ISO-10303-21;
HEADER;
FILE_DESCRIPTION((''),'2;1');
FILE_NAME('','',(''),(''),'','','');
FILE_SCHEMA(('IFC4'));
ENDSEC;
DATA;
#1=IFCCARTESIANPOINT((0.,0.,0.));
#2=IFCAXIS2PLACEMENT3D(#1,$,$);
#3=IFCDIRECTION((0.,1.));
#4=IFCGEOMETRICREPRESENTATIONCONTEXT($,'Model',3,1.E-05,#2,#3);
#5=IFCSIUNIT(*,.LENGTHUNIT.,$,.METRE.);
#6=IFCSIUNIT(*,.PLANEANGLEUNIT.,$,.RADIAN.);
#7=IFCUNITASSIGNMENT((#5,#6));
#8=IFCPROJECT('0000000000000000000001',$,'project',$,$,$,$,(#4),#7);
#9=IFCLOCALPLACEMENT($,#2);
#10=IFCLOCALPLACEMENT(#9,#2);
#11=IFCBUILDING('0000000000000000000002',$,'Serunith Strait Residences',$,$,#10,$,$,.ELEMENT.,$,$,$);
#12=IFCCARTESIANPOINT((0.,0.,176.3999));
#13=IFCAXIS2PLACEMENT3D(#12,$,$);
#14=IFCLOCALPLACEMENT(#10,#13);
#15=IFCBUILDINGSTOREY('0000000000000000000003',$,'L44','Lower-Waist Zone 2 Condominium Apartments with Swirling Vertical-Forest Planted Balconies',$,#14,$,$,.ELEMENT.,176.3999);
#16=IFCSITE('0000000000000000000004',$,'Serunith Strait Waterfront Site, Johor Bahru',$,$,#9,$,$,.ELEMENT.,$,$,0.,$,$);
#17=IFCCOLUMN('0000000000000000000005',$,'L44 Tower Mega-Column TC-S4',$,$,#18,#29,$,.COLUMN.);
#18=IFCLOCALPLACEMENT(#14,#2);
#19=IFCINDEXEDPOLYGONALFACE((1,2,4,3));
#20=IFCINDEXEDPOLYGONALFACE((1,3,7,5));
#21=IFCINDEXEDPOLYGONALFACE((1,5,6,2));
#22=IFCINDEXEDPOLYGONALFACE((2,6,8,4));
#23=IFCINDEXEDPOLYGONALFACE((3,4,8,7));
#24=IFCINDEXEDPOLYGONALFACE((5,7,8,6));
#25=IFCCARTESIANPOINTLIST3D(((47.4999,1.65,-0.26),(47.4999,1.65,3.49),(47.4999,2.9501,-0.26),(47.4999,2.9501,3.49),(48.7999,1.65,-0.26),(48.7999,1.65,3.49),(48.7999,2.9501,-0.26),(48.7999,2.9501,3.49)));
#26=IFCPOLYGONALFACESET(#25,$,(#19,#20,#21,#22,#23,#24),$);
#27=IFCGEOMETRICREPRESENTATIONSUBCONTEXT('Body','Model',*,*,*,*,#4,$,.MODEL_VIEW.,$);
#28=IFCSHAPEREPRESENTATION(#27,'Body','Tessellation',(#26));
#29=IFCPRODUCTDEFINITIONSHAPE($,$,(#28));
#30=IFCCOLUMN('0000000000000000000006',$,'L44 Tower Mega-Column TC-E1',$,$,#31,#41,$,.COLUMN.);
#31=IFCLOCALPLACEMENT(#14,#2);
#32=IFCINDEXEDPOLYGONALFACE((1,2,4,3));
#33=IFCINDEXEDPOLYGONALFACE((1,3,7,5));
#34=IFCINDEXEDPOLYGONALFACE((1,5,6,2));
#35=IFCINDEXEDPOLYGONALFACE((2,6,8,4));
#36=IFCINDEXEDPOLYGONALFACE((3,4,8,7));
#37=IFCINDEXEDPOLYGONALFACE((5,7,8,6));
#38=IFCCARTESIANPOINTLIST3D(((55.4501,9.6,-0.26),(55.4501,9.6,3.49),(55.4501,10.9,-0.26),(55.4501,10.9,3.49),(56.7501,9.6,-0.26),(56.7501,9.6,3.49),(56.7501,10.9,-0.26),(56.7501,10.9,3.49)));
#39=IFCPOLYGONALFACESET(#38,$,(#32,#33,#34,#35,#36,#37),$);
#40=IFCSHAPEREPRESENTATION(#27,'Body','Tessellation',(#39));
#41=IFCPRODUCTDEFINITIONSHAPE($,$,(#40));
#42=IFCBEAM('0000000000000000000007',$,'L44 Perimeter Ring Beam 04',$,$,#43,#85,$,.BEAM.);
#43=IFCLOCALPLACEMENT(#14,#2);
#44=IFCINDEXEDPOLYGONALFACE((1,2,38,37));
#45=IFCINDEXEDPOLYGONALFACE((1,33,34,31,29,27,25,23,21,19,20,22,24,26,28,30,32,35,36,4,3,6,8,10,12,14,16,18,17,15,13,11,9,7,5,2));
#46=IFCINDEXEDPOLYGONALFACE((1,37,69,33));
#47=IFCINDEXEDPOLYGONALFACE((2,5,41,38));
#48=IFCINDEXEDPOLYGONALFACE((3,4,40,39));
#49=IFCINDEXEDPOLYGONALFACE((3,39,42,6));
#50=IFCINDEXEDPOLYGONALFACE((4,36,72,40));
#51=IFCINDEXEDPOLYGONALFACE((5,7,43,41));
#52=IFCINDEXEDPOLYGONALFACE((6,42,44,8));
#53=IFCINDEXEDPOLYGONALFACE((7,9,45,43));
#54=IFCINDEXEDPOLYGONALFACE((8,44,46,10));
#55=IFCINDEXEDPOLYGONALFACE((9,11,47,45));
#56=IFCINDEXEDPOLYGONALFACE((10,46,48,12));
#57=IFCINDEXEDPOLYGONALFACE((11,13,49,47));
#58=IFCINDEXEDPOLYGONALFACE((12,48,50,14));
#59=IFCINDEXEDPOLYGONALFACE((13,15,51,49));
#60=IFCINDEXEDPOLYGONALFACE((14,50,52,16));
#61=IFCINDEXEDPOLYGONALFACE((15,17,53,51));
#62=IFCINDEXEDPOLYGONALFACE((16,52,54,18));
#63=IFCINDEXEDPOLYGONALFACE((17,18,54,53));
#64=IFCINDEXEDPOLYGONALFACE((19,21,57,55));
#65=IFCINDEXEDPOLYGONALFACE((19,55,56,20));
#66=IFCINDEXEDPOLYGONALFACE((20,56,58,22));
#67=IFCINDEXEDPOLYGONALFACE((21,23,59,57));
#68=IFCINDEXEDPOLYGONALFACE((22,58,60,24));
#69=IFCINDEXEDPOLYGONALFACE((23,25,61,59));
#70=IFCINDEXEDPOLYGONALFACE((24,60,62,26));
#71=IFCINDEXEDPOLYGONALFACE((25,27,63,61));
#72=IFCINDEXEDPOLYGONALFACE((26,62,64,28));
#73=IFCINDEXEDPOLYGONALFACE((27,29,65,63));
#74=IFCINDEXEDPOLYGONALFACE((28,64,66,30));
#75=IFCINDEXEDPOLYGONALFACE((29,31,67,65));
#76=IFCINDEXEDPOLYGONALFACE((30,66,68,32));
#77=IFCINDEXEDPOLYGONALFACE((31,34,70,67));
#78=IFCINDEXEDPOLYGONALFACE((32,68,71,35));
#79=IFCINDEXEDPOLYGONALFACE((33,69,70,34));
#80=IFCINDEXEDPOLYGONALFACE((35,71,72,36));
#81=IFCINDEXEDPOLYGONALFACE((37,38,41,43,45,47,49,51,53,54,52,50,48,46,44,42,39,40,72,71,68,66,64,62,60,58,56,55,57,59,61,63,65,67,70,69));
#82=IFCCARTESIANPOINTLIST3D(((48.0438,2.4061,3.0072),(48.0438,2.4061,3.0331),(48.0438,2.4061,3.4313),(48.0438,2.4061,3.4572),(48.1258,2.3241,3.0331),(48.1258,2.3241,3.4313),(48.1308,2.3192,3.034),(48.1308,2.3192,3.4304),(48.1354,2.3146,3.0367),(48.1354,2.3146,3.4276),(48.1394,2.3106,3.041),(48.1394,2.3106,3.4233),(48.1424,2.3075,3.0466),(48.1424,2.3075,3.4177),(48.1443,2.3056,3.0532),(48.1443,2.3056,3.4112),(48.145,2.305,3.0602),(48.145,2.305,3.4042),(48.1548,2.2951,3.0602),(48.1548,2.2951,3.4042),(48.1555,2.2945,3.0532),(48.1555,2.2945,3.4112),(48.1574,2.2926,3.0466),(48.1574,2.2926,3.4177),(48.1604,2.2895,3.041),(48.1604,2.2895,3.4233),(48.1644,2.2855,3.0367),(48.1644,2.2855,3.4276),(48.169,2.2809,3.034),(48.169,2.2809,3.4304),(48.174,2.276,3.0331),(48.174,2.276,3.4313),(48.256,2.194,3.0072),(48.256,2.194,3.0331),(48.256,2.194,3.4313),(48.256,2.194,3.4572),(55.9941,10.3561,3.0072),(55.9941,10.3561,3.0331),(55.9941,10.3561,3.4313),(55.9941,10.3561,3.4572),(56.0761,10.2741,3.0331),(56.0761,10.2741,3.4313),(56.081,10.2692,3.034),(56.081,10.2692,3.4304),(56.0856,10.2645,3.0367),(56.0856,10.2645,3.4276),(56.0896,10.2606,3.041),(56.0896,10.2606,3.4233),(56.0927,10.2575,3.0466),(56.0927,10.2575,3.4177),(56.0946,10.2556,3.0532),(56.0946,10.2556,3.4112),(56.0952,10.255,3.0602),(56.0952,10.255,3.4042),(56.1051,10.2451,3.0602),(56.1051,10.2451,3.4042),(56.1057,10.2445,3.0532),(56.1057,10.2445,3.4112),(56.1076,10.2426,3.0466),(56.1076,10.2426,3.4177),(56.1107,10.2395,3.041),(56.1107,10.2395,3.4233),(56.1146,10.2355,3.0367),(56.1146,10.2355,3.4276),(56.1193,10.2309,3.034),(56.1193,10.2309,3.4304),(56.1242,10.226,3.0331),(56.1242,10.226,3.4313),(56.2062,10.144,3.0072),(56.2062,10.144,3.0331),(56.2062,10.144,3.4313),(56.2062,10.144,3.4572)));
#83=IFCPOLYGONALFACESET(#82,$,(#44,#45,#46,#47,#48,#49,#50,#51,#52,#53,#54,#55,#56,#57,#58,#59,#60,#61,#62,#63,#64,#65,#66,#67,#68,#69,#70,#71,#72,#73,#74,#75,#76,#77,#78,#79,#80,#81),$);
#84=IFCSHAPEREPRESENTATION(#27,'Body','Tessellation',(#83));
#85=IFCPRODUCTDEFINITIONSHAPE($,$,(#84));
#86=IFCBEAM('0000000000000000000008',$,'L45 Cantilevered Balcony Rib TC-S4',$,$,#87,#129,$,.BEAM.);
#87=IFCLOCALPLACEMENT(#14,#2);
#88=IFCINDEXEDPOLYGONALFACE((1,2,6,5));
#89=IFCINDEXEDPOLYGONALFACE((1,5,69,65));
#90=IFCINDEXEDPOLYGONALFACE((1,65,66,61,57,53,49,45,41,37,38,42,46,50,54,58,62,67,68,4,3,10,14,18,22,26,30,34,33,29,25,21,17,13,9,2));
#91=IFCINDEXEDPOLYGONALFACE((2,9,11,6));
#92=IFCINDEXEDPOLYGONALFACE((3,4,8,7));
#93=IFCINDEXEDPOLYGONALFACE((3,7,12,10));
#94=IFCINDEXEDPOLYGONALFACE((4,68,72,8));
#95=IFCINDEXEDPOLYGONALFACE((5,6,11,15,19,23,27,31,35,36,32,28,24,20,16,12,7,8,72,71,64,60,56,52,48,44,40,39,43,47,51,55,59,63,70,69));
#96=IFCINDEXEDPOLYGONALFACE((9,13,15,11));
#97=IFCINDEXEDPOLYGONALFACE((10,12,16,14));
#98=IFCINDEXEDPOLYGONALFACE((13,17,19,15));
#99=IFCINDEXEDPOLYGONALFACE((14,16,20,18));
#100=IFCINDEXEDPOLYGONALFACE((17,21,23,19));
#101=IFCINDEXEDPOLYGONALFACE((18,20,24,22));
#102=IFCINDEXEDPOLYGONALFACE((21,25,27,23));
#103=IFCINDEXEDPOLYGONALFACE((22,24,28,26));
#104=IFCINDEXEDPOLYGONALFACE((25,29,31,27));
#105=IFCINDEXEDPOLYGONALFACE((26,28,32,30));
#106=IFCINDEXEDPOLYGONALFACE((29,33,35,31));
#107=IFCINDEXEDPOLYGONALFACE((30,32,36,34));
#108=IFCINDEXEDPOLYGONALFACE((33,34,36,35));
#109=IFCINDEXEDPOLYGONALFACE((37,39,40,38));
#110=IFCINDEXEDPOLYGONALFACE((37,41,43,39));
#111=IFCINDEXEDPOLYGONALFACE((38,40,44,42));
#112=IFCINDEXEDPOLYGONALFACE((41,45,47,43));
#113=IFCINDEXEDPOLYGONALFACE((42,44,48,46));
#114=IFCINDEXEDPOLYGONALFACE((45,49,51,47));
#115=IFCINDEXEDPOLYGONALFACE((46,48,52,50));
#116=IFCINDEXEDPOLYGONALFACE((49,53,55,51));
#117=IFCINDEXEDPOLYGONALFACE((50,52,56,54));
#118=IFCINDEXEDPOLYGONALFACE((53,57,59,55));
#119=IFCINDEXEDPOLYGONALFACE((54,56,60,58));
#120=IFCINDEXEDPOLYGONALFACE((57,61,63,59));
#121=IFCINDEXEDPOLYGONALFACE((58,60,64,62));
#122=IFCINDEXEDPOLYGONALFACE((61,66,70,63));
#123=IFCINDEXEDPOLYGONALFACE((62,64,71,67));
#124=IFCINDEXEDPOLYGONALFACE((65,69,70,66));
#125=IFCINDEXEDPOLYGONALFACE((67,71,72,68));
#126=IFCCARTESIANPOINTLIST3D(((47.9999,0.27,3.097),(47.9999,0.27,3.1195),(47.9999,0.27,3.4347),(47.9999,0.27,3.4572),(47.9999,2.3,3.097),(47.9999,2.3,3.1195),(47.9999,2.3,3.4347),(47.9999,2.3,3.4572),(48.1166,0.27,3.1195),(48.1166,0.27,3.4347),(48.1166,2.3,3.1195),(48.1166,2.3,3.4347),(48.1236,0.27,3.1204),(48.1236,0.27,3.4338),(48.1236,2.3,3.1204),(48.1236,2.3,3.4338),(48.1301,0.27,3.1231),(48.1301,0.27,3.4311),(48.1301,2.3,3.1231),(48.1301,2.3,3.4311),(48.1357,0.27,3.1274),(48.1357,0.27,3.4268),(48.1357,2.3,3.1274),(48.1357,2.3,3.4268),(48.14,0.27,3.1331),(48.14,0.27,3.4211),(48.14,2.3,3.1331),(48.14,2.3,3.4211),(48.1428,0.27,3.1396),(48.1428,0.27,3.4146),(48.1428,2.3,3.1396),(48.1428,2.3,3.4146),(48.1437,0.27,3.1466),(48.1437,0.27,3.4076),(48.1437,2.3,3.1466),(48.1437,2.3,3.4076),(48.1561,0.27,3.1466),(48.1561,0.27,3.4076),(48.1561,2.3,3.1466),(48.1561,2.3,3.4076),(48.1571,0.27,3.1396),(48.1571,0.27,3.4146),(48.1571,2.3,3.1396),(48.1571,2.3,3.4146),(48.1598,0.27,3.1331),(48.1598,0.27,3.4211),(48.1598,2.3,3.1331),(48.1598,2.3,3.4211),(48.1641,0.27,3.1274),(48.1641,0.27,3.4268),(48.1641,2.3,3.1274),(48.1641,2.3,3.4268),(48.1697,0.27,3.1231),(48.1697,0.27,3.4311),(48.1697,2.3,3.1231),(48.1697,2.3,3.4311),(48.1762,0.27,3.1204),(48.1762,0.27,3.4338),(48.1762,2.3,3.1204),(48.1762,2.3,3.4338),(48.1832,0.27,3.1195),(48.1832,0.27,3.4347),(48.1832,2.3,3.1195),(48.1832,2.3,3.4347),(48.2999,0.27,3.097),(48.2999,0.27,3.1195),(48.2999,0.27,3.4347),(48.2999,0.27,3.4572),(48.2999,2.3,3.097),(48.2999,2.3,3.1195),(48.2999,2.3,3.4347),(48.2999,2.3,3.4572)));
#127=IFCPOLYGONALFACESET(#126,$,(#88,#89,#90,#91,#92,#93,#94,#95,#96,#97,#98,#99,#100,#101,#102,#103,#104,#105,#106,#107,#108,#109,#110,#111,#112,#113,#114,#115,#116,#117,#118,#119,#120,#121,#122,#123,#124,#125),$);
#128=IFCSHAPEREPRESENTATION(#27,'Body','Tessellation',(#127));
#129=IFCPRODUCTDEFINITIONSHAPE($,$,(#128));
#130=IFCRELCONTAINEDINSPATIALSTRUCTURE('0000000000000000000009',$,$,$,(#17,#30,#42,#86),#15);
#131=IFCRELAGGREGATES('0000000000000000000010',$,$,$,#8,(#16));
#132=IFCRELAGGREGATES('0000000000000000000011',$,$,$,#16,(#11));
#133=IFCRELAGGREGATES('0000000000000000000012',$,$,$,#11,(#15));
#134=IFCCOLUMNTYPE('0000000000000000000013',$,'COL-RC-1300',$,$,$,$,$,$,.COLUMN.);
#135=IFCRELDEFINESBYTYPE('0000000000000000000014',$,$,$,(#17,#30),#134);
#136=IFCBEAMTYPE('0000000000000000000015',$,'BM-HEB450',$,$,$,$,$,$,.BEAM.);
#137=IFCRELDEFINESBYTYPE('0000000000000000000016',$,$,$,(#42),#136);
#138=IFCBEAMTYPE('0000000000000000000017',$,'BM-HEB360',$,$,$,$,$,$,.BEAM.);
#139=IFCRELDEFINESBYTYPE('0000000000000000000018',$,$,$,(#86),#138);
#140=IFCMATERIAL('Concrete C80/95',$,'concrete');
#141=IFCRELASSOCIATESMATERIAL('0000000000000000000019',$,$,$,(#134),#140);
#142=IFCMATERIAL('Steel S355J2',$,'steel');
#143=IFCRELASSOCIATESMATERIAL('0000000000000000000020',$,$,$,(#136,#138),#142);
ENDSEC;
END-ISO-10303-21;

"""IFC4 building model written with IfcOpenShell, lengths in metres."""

from ifc_helpers import new_model, si_unit, direction, frame, origin, origin_2d, place, context, subcontext, project, spatial, rectangle, i_section, extrude, source, transform, mapped, material, material_profile, profile_set, type_object, element, save


model = new_model("IFC4")

# Units and contexts
model_context = context("Model", 3, precision=1e-05, world=origin(), true_north=direction((0.0, 1.0)))
body_context = subcontext(model_context, "Body", "Model", "MODEL_VIEW")
ifc_project = project(units=[si_unit("LENGTHUNIT", "METRE"), si_unit("PLANEANGLEUNIT", "RADIAN")], contexts=[model_context])

# Site, building, storey
site_placement = place(None, origin())
site = spatial("IfcSite", under=ifc_project, at=site_placement, Name="Serunith Strait Waterfront Site, Johor Bahru", CompositionType="ELEMENT", RefElevation=0.0)
building_placement = place(site_placement, origin())
building = spatial("IfcBuilding", under=site, at=building_placement, Name="Serunith Strait Residences", CompositionType="ELEMENT")
storey_placement = place(building_placement, frame((0.0, 0.0, 176.3999)))
storey = spatial("IfcBuildingStorey", under=building, at=storey_placement, Name="L44", Description="Lower-Waist Zone 2 Condominium Apartments with Swirling Vertical-Forest Planted Balconies", CompositionType="ELEMENT", Elevation=176.3999)

# Columns
ifc_material_1 = material(Name="Concrete C80/95", Category="concrete")
ifc_material_profile_1 = material_profile(ifc_material_1, rectangle(XDim=1.3, YDim=1.3, at=origin_2d()), Name="RC 1300x1300")
ifc_profile_set_1 = profile_set([ifc_material_profile_1], Name="Concrete C80/95")
column_type = type_object("IfcColumnType", Name="COL-RC-1300", PredefinedType="COLUMN", material=ifc_profile_set_1)
shared_shape_1 = source(origin(), body_context, "Body", "SweptSolid", [
    extrude(rectangle(XDim=1.3, YDim=1.3, at=origin_2d()), origin(), (0.0, 0.0, 1.0), 3.75),
])
for number, where, z_axis, x_axis, name in (
    (1, (48.1499, 2.3, -0.26), (0.0, 0.0, 1.0), (1.0, 0.0, 0.0), "L44 Tower Mega-Column TC-S4"),
    (2, (56.1001, 10.25, -0.26), (0.0, 0.0, 1.0), (1.0, 0.0, 0.0), "L44 Tower Mega-Column TC-E1"),
):
    element("IfcColumn", number, at=place(storey_placement, frame(where, z_axis=z_axis, x_axis=x_axis)), inside=storey, type_object=column_type, Name=name, PredefinedType="COLUMN", context=body_context, shape_type="MappedRepresentation", body=[
        mapped(shared_shape_1, transform((0.0, 0.0, 0.0), scale=1.0)),
    ])

# Beams
ifc_material_2 = material(Name="Steel S355J2", Category="steel")
ifc_material_profile_2 = material_profile(ifc_material_2, i_section(OverallWidth=0.3, OverallDepth=0.45, WebThickness=0.0139, FlangeThickness=0.0259, FilletRadius=0.0271, at=origin_2d()), Name="HEB 450")
ifc_profile_set_2 = profile_set([ifc_material_profile_2], Name="Steel S355J2")
beam_type_1 = type_object("IfcBeamType", Name="BM-HEB450", PredefinedType="BEAM", material=ifc_profile_set_2)
shared_shape_2 = source(origin(), body_context, "Body", "SweptSolid", [
    extrude(i_section(OverallWidth=0.3, OverallDepth=0.45, WebThickness=0.0139, FlangeThickness=0.0259, FilletRadius=0.0271, at=origin_2d()), origin(), (0.0, 0.0, 1.0), 11.2432),
])
beam_1_placement = place(storey_placement, frame((48.1499, 2.3, 3.2322), z_axis=(0.707118, 0.707096, 0.0), x_axis=(-0.707096, 0.707118, 0.0)))
element("IfcBeam", 3, at=beam_1_placement, inside=storey, type_object=beam_type_1, Name="L44 Perimeter Ring Beam 04", PredefinedType="BEAM", context=body_context, shape_type="MappedRepresentation", body=[
    mapped(shared_shape_2, transform((0.0, 0.0, 0.0), scale=1.0)),
])
ifc_material_profile_3 = material_profile(ifc_material_2, i_section(OverallWidth=0.3, OverallDepth=0.3601, WebThickness=0.0125, FlangeThickness=0.0225, FilletRadius=0.0271, at=origin_2d()), Name="HEB 360")
ifc_profile_set_3 = profile_set([ifc_material_profile_3], Name="Steel S355J2")
beam_type_2 = type_object("IfcBeamType", Name="BM-HEB360", PredefinedType="BEAM", material=ifc_profile_set_3)
shared_shape_3 = source(origin(), body_context, "Body", "SweptSolid", [
    extrude(i_section(OverallWidth=0.3, OverallDepth=0.3601, WebThickness=0.0125, FlangeThickness=0.0225, FilletRadius=0.0271, at=origin_2d()), origin(), (0.0, 0.0, 1.0), 2.03),
])
beam_2_placement = place(storey_placement, frame((48.1499, 2.3, 3.2771), z_axis=(0.0, -1.0, 0.0), x_axis=(1.0, 0.0, 0.0)))
element("IfcBeam", 4, at=beam_2_placement, inside=storey, type_object=beam_type_2, Name="L45 Cantilevered Balcony Rib TC-S4", PredefinedType="BEAM", context=body_context, shape_type="MappedRepresentation", body=[
    mapped(shared_shape_3, transform((0.0, 0.0, 0.0), scale=1.0)),
])

save(model, "model.ifc")
